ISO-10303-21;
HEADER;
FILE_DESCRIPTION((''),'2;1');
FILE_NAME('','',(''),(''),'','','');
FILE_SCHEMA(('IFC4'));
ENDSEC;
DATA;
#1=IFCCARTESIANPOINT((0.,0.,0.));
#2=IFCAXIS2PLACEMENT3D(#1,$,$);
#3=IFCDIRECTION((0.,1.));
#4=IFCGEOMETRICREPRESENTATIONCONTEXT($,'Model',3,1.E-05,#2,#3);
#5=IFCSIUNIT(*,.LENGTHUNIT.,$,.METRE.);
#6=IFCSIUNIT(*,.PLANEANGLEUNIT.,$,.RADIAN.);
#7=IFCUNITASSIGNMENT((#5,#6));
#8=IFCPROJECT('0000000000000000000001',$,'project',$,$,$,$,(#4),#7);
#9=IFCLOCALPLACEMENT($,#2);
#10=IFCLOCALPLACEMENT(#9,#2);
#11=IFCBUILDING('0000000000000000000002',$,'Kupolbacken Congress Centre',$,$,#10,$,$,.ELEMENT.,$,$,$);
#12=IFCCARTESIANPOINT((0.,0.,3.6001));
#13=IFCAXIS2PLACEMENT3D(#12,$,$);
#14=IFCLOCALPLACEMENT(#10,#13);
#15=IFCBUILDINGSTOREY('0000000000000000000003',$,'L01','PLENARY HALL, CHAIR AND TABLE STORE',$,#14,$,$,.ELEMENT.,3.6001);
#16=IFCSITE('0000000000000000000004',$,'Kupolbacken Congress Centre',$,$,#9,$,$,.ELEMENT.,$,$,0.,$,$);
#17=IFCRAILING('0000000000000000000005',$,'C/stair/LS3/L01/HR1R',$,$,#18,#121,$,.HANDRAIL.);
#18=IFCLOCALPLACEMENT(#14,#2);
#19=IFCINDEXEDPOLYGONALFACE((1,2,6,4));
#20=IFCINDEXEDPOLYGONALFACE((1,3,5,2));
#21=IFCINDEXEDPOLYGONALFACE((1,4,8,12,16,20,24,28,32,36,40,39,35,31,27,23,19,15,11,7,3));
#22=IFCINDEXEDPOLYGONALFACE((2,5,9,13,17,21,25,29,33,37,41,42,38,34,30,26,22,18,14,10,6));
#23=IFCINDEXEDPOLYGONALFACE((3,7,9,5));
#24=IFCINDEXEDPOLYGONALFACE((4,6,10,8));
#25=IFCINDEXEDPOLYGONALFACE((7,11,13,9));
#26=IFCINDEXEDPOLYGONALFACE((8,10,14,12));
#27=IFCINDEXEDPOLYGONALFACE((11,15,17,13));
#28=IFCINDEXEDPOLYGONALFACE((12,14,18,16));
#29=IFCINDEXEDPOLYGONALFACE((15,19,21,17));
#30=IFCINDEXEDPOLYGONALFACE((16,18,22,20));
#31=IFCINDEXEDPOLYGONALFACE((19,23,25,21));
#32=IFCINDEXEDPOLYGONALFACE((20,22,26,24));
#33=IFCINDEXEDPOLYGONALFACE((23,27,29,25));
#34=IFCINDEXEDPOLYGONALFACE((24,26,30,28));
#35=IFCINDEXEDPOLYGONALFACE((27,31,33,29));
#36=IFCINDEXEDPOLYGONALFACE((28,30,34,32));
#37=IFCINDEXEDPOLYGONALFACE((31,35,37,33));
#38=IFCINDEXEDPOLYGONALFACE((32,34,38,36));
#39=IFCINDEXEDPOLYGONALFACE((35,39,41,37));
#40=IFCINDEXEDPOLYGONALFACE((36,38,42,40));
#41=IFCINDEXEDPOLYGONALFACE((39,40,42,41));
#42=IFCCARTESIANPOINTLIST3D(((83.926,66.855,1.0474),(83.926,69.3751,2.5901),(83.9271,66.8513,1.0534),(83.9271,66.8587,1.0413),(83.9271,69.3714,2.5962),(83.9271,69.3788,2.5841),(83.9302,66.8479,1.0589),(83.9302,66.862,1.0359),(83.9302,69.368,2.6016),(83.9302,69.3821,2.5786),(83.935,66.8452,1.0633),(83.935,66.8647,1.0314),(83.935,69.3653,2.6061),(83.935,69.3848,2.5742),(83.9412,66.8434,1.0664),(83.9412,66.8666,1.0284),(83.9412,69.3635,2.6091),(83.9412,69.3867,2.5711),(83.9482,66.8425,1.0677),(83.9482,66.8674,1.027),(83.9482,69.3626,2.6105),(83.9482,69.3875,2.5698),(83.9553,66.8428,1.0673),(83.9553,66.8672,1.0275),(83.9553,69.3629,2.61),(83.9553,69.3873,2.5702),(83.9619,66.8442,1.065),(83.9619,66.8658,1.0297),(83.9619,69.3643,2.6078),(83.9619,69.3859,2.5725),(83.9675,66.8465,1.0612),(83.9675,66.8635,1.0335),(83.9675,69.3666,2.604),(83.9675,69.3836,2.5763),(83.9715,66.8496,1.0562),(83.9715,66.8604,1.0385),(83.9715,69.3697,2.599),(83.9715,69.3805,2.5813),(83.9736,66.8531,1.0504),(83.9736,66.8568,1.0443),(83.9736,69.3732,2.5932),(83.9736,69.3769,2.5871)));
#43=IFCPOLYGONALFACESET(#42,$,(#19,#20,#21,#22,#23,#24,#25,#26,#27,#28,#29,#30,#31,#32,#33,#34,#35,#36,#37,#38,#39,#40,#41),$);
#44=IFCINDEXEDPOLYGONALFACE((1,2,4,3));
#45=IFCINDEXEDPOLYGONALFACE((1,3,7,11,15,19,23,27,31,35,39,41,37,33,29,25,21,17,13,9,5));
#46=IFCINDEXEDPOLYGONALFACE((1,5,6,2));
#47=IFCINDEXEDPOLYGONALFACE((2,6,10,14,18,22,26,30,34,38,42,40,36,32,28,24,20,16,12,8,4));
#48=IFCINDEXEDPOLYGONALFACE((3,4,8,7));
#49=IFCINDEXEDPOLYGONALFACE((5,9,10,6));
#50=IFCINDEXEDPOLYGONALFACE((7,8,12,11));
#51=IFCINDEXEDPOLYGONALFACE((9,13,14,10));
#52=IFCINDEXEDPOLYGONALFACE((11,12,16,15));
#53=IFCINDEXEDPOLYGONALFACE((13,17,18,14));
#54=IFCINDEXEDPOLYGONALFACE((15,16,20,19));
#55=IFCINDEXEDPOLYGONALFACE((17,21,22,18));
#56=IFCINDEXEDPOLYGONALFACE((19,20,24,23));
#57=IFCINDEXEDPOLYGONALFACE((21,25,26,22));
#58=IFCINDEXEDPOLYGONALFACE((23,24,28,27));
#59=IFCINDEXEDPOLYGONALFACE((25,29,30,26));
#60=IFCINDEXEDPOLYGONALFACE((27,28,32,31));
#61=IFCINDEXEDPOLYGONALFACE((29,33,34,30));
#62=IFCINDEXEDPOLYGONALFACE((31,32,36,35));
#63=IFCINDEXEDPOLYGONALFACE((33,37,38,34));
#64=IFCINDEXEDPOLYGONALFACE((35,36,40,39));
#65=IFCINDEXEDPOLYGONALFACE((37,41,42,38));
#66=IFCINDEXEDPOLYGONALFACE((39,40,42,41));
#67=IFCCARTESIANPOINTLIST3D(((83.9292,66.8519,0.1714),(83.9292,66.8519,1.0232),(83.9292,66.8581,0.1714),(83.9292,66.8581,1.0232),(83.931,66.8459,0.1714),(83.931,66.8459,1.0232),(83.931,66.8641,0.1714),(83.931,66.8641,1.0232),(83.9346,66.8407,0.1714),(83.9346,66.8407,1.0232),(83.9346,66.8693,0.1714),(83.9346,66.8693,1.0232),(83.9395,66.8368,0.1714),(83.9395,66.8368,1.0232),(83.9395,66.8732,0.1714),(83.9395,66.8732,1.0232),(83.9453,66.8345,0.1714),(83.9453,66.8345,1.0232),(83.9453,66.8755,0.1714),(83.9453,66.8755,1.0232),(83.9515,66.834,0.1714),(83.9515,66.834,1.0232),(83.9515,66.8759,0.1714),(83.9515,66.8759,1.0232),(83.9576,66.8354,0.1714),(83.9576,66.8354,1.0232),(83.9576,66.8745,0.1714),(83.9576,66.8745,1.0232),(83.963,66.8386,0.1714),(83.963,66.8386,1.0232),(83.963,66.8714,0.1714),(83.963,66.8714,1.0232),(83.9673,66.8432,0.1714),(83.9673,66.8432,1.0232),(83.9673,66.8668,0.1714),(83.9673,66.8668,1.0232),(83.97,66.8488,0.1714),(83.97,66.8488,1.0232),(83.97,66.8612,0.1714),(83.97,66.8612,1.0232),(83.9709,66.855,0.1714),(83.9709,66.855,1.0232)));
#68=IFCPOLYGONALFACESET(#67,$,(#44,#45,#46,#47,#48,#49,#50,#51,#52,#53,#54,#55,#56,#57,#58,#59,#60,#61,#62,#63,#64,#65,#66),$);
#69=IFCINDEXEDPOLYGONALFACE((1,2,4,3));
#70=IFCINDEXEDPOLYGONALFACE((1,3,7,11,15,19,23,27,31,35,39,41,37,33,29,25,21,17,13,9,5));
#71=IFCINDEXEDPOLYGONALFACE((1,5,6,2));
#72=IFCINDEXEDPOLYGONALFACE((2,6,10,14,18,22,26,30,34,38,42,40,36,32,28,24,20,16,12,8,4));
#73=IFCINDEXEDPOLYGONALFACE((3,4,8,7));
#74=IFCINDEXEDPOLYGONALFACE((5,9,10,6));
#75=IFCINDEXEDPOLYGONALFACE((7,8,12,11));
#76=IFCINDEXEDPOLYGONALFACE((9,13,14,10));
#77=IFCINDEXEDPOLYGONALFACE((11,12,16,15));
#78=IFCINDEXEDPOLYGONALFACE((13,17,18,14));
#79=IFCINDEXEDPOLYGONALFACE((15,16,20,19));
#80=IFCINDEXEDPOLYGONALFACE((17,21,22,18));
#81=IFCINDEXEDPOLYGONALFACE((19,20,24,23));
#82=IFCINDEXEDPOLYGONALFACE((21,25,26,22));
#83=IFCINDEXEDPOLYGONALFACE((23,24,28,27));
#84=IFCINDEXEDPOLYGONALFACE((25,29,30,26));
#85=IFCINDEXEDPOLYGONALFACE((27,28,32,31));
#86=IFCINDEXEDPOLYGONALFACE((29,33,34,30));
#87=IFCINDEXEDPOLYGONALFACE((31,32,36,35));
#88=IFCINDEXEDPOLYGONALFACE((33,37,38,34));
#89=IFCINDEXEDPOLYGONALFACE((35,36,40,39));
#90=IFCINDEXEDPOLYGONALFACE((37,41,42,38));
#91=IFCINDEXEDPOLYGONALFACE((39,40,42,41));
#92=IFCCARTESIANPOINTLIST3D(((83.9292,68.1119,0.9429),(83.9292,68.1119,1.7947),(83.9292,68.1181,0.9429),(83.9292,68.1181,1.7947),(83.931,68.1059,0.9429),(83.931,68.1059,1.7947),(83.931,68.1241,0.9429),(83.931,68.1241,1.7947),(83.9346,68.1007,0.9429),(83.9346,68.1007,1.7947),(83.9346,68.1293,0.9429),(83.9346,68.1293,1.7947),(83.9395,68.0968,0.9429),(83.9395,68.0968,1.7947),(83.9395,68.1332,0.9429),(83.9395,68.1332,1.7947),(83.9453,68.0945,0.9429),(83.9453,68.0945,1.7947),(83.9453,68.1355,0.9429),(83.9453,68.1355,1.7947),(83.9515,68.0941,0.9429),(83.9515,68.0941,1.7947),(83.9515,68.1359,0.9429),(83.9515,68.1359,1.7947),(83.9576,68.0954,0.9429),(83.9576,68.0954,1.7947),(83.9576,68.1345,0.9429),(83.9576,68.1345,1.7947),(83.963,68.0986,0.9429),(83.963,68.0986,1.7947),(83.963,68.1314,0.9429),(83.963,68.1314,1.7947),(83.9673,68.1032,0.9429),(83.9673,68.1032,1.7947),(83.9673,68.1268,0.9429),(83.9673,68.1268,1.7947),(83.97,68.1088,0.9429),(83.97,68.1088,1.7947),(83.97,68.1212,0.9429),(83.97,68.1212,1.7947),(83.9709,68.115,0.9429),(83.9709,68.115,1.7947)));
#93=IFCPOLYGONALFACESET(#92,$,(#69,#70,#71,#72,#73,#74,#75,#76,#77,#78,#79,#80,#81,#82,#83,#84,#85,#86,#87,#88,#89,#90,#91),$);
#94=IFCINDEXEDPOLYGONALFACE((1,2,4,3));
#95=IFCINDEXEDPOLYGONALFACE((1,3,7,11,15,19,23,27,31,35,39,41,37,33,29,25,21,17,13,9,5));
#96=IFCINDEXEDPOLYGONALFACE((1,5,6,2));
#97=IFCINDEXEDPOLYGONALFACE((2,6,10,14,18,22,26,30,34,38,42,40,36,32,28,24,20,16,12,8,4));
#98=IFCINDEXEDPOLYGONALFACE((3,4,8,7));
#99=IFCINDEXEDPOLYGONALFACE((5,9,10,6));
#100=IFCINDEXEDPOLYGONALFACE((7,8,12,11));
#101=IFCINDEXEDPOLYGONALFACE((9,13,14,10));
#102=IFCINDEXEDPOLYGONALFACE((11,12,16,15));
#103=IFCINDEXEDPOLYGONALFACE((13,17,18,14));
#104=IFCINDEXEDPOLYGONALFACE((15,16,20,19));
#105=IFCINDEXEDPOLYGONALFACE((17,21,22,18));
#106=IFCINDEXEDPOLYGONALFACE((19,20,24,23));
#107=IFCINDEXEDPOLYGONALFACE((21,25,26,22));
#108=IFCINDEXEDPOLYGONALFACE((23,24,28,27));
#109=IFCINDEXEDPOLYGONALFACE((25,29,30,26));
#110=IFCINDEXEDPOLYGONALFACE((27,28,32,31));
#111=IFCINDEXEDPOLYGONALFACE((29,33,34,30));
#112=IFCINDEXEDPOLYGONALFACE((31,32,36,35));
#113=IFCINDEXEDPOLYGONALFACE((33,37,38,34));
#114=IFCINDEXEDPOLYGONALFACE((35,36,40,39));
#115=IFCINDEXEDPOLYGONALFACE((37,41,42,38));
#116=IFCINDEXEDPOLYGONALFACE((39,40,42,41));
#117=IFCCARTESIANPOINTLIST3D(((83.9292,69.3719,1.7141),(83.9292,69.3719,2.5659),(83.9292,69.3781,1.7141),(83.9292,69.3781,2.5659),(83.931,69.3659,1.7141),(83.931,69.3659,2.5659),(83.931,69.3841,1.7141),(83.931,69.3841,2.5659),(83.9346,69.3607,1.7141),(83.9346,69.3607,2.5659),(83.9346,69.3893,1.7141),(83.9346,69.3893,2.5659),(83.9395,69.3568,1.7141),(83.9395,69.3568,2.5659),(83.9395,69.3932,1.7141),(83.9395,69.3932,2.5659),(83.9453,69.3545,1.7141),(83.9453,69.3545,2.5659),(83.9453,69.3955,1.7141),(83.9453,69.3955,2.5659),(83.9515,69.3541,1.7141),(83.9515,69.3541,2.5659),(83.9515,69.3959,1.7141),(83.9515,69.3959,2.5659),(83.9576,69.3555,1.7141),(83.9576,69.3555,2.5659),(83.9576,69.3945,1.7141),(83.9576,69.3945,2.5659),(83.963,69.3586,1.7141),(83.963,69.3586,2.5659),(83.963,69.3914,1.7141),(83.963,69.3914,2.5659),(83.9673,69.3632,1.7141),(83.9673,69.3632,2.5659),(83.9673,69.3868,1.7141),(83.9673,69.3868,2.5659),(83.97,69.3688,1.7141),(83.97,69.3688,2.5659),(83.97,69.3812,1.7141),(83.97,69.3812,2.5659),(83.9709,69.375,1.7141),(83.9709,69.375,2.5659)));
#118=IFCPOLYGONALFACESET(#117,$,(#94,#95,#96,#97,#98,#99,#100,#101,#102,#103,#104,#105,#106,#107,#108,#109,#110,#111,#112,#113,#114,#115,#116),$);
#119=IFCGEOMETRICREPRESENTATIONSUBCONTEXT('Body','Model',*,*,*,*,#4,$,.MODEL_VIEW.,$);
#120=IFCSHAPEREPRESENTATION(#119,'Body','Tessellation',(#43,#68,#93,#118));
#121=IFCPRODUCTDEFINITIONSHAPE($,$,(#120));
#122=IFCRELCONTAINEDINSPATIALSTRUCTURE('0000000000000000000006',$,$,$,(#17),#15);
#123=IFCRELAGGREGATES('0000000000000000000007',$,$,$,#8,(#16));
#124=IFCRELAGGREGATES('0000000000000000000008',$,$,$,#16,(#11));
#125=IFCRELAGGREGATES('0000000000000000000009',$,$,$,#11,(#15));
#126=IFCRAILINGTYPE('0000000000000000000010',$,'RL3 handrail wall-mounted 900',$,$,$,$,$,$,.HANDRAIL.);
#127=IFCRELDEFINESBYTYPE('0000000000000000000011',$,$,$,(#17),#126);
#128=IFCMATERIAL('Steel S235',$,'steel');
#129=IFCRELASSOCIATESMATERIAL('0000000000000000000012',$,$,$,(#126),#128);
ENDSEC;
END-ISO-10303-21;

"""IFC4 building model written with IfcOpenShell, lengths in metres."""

from ifc_helpers import new_model, si_unit, direction, frame, origin, origin_2d, place, context, subcontext, project, spatial, circle, extrude, material, type_object, element, save


model = new_model("IFC4")

# Units and contexts
model_context = context("Model", 3, precision=1e-05, world=origin(), true_north=direction((0.0, 1.0)))
body_context = subcontext(model_context, "Body", "Model", "MODEL_VIEW")
ifc_project = project(units=[si_unit("LENGTHUNIT", "METRE"), si_unit("PLANEANGLEUNIT", "RADIAN")], contexts=[model_context])

# Site, building, storey
site_placement = place(None, origin())
site = spatial("IfcSite", under=ifc_project, at=site_placement, Name="Kupolbacken Congress Centre", CompositionType="ELEMENT", RefElevation=0.0)
building_placement = place(site_placement, origin())
building = spatial("IfcBuilding", under=site, at=building_placement, Name="Kupolbacken Congress Centre", CompositionType="ELEMENT")
storey_placement = place(building_placement, frame((0.0, 0.0, 3.6001)))
storey = spatial("IfcBuildingStorey", under=building, at=storey_placement, Name="L01", Description="PLENARY HALL, CHAIR AND TABLE STORE", CompositionType="ELEMENT", Elevation=3.6001)

# Railing
ifc_material_1 = material(Name="Steel S235", Category="steel")
railing_type = type_object("IfcRailingType", Name="RL3 handrail wall-mounted 900", PredefinedType="HANDRAIL", material=ifc_material_1)
railing_placement = place(storey_placement, frame((83.95, 66.855, 0.1714)))
element("IfcRailing", 1, at=railing_placement, inside=storey, type_object=railing_type, Name="C/stair/LS3/L01/HR1R", PredefinedType="HANDRAIL", context=body_context, shape_type="SweptSolid", body=[
    extrude(circle(Radius=0.0239, at=origin_2d()), frame((0.0, 0.0, 0.876), z_axis=(0.0, 0.852873, 0.522118), x_axis=(-1.0, 0.0, 0.0)), (0.0, 0.0, 1.0), 2.9548),
    extrude(circle(Radius=0.021, at=origin_2d()), origin(), (0.0, 0.0, 1.0), 0.8518),
    extrude(circle(Radius=0.021, at=origin_2d()), frame((0.0, 1.26, 0.7715)), (0.0, 0.0, 1.0), 0.8518),
    extrude(circle(Radius=0.021, at=origin_2d()), frame((0.0, 2.52, 1.5427)), (0.0, 0.0, 1.0), 0.8518),
])

save(model, "model.ifc")
